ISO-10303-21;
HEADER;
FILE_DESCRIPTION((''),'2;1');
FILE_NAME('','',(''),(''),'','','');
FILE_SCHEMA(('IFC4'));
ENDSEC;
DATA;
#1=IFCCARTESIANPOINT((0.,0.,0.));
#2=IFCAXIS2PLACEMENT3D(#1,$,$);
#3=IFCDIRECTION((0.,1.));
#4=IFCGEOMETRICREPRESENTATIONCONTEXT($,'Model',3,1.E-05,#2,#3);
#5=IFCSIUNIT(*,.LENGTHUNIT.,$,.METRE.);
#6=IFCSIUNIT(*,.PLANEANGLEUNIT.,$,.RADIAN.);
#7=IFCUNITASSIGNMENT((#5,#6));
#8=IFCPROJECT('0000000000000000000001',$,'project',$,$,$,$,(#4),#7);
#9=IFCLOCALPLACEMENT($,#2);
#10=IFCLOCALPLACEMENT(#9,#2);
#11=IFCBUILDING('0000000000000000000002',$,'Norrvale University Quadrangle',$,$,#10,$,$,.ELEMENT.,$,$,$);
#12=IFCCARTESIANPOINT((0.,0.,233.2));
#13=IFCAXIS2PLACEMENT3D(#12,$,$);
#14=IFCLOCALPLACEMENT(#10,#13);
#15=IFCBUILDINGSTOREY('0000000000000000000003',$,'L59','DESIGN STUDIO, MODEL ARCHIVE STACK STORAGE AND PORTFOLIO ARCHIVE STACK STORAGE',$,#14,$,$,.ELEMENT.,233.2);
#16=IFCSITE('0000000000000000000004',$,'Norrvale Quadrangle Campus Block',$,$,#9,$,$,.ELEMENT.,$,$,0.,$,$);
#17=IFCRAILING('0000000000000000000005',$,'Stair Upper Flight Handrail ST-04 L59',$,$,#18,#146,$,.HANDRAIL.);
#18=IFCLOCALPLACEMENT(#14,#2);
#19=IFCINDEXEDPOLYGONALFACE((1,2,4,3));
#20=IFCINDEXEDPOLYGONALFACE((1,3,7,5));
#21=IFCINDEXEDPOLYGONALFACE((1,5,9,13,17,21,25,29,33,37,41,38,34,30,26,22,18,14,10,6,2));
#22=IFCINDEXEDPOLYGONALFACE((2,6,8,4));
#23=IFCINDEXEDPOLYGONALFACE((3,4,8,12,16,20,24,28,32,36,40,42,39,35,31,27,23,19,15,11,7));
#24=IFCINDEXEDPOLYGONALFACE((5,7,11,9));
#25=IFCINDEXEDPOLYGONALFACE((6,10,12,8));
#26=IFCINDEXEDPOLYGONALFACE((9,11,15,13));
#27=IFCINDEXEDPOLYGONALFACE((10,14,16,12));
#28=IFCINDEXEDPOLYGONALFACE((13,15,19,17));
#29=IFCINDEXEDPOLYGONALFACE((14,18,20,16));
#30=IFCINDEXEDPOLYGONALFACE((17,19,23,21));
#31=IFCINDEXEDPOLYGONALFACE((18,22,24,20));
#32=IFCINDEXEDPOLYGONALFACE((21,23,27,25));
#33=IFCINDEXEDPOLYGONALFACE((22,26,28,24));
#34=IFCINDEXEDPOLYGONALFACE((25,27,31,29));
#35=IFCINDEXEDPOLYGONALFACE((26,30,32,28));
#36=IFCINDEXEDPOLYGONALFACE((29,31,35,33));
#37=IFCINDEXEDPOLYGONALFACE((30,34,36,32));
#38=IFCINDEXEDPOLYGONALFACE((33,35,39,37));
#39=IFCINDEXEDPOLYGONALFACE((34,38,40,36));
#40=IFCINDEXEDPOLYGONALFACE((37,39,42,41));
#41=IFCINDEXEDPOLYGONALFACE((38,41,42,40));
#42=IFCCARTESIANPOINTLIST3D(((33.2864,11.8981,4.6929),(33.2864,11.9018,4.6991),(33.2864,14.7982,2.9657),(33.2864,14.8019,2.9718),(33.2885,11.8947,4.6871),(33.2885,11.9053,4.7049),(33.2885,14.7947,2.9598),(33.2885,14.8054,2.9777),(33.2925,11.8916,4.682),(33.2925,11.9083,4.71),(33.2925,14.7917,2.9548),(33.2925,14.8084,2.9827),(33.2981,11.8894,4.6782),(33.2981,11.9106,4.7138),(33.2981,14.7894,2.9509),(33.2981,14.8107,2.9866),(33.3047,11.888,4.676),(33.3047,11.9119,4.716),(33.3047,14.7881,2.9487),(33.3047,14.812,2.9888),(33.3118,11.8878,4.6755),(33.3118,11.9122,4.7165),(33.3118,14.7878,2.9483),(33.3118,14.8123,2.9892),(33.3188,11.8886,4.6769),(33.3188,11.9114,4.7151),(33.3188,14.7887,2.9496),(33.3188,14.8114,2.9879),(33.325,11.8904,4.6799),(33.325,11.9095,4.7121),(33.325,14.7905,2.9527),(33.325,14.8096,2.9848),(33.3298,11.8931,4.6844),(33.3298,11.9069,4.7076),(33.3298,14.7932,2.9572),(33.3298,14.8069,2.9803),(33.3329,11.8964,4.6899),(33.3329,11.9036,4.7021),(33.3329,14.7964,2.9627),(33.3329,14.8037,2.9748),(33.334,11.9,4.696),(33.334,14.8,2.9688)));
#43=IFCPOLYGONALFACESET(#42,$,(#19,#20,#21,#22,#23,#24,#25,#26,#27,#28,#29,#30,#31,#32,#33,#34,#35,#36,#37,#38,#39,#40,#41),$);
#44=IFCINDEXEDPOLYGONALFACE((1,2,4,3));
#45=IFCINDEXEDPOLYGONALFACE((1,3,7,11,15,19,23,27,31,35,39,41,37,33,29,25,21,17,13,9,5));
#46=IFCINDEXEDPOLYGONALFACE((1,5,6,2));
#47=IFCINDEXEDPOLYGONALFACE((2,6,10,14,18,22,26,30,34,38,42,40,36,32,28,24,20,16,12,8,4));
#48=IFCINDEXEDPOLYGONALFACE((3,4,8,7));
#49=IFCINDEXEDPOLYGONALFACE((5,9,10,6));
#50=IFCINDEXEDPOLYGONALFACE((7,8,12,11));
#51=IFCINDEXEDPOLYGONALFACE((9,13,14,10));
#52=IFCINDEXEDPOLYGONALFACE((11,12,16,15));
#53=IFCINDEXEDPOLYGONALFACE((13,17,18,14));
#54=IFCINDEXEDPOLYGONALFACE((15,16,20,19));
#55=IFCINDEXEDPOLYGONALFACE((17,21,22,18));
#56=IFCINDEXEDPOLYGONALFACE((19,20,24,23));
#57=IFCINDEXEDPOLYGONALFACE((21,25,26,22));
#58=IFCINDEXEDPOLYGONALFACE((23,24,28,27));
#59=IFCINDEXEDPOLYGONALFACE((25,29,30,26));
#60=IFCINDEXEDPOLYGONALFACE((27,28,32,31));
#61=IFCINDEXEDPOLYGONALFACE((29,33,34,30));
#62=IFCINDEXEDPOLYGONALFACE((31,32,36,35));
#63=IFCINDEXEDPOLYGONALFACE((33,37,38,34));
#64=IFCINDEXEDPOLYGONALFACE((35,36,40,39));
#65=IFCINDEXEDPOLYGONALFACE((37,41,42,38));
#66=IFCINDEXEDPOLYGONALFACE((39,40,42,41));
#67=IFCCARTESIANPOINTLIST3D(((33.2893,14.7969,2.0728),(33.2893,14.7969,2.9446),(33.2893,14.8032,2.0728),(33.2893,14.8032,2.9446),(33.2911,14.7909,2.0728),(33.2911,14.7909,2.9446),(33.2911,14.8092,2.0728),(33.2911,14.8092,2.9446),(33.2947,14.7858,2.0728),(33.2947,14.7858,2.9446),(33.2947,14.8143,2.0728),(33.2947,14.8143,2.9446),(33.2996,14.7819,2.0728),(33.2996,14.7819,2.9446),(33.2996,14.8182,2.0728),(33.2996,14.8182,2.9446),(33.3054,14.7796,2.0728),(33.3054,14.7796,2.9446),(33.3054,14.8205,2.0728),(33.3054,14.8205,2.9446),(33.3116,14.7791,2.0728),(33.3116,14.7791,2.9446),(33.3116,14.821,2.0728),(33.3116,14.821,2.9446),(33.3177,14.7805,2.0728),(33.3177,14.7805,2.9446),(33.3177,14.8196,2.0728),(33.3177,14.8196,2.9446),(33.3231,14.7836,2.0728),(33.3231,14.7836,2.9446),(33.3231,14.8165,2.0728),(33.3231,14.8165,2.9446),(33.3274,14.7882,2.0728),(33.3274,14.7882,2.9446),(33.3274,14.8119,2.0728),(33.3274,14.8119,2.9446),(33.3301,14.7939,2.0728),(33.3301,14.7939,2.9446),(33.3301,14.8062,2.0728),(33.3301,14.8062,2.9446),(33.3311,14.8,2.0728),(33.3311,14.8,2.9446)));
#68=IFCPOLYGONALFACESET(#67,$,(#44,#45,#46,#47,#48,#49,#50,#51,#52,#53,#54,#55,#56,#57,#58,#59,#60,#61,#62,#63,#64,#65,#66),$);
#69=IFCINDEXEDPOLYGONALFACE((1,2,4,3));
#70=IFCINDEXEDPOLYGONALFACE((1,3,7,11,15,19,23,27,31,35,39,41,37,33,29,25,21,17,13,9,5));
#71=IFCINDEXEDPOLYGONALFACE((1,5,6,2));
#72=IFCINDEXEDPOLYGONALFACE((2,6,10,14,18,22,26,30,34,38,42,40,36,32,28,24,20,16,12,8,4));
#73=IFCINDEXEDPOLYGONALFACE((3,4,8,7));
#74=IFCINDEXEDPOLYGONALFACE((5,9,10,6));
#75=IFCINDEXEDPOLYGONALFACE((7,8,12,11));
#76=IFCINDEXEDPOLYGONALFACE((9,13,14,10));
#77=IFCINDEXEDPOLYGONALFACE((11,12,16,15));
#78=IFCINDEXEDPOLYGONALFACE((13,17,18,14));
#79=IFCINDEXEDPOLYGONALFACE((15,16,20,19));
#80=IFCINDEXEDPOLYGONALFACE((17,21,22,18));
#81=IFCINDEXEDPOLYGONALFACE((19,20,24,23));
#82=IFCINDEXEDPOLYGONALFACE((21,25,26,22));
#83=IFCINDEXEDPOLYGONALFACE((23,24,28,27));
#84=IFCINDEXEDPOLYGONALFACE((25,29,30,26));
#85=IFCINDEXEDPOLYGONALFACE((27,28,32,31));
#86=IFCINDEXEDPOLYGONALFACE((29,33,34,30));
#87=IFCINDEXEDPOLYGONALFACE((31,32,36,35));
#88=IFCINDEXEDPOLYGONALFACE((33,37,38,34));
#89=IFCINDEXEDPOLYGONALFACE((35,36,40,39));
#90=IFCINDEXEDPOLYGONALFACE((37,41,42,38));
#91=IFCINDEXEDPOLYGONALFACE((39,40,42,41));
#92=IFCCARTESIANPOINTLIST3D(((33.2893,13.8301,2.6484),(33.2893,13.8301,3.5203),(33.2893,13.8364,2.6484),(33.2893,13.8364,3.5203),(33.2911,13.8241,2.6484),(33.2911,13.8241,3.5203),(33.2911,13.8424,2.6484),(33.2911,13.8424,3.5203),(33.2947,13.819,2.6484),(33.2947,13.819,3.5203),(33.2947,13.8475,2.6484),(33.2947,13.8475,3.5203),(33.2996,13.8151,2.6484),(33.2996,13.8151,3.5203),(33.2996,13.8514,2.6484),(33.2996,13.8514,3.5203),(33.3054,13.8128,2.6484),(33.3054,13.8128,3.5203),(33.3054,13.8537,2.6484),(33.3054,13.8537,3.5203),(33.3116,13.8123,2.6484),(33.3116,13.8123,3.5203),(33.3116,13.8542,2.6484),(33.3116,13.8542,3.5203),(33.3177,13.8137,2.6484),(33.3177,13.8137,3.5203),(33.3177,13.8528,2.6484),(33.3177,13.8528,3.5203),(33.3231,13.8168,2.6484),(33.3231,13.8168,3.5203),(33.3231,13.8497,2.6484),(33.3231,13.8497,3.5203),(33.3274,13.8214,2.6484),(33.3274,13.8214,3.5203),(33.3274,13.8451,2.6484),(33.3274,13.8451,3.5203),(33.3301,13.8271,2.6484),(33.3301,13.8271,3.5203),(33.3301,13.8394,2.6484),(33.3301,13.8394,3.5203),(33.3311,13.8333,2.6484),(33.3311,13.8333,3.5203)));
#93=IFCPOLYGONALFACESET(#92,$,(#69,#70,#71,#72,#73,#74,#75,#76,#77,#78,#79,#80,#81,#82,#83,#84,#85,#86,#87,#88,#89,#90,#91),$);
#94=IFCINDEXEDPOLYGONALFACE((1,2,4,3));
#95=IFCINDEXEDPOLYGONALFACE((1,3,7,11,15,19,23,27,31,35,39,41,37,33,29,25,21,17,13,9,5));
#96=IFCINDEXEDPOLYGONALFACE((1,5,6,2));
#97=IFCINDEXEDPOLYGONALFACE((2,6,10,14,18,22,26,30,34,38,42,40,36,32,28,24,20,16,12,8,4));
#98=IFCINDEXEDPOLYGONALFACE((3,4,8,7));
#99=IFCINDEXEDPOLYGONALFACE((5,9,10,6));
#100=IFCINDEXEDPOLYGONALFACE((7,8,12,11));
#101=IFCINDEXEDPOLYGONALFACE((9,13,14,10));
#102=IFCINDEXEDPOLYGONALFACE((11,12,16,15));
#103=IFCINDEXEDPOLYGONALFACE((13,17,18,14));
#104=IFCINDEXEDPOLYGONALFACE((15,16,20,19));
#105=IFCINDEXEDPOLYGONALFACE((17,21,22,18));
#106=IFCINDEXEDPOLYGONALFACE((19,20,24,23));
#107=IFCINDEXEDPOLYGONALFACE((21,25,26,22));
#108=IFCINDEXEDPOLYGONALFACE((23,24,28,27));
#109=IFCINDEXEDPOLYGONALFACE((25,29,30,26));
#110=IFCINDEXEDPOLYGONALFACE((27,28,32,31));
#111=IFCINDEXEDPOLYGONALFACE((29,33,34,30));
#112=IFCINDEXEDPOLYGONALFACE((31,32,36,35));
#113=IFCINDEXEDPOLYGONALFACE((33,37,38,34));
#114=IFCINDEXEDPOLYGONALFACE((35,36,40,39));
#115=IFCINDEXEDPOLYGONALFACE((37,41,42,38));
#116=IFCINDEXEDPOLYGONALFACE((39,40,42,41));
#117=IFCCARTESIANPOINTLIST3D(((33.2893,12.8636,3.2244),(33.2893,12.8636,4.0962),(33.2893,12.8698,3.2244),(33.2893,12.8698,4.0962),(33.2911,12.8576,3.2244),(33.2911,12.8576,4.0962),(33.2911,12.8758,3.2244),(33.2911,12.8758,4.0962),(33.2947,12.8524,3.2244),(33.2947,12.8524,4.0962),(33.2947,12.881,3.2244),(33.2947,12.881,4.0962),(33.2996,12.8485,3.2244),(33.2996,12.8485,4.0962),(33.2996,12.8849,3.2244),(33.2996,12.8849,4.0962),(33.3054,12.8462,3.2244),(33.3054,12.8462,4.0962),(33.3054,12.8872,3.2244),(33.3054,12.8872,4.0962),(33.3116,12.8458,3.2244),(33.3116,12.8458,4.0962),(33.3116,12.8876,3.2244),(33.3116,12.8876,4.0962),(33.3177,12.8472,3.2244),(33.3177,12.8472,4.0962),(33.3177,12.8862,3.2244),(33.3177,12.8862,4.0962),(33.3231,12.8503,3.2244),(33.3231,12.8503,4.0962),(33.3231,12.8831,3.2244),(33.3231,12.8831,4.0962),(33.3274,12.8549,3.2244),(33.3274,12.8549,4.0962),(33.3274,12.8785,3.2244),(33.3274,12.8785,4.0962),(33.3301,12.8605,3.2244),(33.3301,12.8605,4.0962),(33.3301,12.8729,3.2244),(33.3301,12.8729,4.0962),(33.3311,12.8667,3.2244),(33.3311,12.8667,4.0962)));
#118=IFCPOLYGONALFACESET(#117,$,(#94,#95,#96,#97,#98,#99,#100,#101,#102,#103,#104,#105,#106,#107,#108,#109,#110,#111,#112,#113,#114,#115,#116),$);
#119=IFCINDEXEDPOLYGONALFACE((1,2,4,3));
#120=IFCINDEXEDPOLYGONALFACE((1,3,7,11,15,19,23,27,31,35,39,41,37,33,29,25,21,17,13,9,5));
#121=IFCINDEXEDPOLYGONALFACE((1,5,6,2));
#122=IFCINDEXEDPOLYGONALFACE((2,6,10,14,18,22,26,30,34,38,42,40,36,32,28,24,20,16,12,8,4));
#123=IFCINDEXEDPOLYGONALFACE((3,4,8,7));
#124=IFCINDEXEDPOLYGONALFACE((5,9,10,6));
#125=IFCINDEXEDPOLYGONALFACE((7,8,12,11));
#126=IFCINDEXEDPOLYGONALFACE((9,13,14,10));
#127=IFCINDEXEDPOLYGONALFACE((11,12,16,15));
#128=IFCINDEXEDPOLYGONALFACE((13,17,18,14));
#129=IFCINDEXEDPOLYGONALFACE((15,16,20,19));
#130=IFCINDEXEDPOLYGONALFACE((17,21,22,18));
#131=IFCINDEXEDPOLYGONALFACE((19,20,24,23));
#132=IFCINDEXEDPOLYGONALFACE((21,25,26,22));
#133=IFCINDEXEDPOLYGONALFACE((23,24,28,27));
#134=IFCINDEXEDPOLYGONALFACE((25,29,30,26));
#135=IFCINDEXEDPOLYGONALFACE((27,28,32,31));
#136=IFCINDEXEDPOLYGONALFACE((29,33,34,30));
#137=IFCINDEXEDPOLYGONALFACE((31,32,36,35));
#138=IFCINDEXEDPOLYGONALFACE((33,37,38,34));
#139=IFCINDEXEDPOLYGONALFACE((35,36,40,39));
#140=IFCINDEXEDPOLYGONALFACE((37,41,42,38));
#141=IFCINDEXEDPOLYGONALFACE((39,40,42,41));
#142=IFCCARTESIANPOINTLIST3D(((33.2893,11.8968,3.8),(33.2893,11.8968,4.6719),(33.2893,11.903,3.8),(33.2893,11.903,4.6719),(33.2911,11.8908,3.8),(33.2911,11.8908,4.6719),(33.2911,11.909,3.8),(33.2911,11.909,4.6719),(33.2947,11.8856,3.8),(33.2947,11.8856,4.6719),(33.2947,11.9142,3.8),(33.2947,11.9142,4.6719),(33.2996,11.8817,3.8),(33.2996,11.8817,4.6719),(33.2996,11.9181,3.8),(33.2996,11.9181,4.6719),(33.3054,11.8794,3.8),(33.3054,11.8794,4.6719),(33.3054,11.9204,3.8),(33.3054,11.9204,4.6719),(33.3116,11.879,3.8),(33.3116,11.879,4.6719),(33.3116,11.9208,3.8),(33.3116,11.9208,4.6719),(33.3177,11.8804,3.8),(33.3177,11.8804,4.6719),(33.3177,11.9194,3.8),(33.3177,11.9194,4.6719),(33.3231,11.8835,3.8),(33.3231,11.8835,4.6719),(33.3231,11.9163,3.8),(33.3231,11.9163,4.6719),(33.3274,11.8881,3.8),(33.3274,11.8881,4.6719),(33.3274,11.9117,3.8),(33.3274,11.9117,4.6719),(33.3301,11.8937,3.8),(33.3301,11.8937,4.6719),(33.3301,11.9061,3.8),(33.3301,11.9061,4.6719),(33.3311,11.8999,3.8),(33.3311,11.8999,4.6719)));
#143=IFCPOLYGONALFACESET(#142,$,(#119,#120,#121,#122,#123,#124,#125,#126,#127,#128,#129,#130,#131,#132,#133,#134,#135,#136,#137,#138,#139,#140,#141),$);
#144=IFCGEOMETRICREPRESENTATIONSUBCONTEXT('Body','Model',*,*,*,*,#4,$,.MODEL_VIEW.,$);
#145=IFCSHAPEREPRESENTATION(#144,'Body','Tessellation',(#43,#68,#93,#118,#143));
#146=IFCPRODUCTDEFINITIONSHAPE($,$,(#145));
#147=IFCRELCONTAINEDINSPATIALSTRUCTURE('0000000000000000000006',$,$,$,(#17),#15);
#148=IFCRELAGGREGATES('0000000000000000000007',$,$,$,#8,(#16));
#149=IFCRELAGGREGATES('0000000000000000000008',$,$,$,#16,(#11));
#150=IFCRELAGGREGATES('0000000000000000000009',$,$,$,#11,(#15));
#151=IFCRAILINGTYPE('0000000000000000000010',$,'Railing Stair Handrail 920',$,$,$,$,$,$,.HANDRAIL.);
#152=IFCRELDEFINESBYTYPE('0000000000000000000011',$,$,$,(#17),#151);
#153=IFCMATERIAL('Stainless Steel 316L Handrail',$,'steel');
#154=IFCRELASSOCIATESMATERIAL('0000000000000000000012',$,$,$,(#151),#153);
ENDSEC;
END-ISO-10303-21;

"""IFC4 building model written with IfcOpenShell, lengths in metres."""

from ifc_helpers import new_model, si_unit, direction, frame, origin, origin_2d, place, context, subcontext, project, spatial, circle, extrude, material, type_object, element, save


model = new_model("IFC4")

# Units and contexts
model_context = context("Model", 3, precision=1e-05, world=origin(), true_north=direction((0.0, 1.0)))
body_context = subcontext(model_context, "Body", "Model", "MODEL_VIEW")
ifc_project = project(units=[si_unit("LENGTHUNIT", "METRE"), si_unit("PLANEANGLEUNIT", "RADIAN")], contexts=[model_context])

# Site, building, storey
site_placement = place(None, origin())
site = spatial("IfcSite", under=ifc_project, at=site_placement, Name="Norrvale Quadrangle Campus Block", CompositionType="ELEMENT", RefElevation=0.0)
building_placement = place(site_placement, origin())
building = spatial("IfcBuilding", under=site, at=building_placement, Name="Norrvale University Quadrangle", CompositionType="ELEMENT")
storey_placement = place(building_placement, frame((0.0, 0.0, 233.2)))
storey = spatial("IfcBuildingStorey", under=building, at=storey_placement, Name="L59", Description="DESIGN STUDIO, MODEL ARCHIVE STACK STORAGE AND PORTFOLIO ARCHIVE STACK STORAGE", CompositionType="ELEMENT", Elevation=233.2)

# Railing
ifc_material_1 = material(Name="Stainless Steel 316L Handrail", Category="steel")
railing_type_1 = type_object("IfcRailingType", Name="Railing Stair Handrail 920", PredefinedType="HANDRAIL", material=ifc_material_1)
railing_1_placement = place(storey_placement, frame((33.3101, 14.8, 2.0728)))
element("IfcRailing", 1, at=railing_1_placement, inside=storey, type_object=railing_type_1, Name="Stair Upper Flight Handrail ST-04 L59", PredefinedType="HANDRAIL", context=body_context, shape_type="SweptSolid", body=[
    extrude(circle(Radius=0.0239, at=origin_2d()), frame((0.0, 0.0, 0.896), z_axis=(0.0, -0.85916, 0.511706), x_axis=(1.0, 0.0, 0.0)), (0.0, 0.0, 1.0), 3.3755),
    extrude(circle(Radius=0.021, at=origin_2d()), origin(), (0.0, 0.0, 1.0), 0.8718),
    extrude(circle(Radius=0.021, at=origin_2d()), frame((0.0, -0.9668, 0.5757)), (0.0, 0.0, 1.0), 0.8718),
    extrude(circle(Radius=0.021, at=origin_2d()), frame((0.0, -1.9333, 1.1516)), (0.0, 0.0, 1.0), 0.8718),
    extrude(circle(Radius=0.021, at=origin_2d()), frame((0.0, -2.9001, 1.7273)), (0.0, 0.0, 1.0), 0.8718),
])

save(model, "model.ifc")
